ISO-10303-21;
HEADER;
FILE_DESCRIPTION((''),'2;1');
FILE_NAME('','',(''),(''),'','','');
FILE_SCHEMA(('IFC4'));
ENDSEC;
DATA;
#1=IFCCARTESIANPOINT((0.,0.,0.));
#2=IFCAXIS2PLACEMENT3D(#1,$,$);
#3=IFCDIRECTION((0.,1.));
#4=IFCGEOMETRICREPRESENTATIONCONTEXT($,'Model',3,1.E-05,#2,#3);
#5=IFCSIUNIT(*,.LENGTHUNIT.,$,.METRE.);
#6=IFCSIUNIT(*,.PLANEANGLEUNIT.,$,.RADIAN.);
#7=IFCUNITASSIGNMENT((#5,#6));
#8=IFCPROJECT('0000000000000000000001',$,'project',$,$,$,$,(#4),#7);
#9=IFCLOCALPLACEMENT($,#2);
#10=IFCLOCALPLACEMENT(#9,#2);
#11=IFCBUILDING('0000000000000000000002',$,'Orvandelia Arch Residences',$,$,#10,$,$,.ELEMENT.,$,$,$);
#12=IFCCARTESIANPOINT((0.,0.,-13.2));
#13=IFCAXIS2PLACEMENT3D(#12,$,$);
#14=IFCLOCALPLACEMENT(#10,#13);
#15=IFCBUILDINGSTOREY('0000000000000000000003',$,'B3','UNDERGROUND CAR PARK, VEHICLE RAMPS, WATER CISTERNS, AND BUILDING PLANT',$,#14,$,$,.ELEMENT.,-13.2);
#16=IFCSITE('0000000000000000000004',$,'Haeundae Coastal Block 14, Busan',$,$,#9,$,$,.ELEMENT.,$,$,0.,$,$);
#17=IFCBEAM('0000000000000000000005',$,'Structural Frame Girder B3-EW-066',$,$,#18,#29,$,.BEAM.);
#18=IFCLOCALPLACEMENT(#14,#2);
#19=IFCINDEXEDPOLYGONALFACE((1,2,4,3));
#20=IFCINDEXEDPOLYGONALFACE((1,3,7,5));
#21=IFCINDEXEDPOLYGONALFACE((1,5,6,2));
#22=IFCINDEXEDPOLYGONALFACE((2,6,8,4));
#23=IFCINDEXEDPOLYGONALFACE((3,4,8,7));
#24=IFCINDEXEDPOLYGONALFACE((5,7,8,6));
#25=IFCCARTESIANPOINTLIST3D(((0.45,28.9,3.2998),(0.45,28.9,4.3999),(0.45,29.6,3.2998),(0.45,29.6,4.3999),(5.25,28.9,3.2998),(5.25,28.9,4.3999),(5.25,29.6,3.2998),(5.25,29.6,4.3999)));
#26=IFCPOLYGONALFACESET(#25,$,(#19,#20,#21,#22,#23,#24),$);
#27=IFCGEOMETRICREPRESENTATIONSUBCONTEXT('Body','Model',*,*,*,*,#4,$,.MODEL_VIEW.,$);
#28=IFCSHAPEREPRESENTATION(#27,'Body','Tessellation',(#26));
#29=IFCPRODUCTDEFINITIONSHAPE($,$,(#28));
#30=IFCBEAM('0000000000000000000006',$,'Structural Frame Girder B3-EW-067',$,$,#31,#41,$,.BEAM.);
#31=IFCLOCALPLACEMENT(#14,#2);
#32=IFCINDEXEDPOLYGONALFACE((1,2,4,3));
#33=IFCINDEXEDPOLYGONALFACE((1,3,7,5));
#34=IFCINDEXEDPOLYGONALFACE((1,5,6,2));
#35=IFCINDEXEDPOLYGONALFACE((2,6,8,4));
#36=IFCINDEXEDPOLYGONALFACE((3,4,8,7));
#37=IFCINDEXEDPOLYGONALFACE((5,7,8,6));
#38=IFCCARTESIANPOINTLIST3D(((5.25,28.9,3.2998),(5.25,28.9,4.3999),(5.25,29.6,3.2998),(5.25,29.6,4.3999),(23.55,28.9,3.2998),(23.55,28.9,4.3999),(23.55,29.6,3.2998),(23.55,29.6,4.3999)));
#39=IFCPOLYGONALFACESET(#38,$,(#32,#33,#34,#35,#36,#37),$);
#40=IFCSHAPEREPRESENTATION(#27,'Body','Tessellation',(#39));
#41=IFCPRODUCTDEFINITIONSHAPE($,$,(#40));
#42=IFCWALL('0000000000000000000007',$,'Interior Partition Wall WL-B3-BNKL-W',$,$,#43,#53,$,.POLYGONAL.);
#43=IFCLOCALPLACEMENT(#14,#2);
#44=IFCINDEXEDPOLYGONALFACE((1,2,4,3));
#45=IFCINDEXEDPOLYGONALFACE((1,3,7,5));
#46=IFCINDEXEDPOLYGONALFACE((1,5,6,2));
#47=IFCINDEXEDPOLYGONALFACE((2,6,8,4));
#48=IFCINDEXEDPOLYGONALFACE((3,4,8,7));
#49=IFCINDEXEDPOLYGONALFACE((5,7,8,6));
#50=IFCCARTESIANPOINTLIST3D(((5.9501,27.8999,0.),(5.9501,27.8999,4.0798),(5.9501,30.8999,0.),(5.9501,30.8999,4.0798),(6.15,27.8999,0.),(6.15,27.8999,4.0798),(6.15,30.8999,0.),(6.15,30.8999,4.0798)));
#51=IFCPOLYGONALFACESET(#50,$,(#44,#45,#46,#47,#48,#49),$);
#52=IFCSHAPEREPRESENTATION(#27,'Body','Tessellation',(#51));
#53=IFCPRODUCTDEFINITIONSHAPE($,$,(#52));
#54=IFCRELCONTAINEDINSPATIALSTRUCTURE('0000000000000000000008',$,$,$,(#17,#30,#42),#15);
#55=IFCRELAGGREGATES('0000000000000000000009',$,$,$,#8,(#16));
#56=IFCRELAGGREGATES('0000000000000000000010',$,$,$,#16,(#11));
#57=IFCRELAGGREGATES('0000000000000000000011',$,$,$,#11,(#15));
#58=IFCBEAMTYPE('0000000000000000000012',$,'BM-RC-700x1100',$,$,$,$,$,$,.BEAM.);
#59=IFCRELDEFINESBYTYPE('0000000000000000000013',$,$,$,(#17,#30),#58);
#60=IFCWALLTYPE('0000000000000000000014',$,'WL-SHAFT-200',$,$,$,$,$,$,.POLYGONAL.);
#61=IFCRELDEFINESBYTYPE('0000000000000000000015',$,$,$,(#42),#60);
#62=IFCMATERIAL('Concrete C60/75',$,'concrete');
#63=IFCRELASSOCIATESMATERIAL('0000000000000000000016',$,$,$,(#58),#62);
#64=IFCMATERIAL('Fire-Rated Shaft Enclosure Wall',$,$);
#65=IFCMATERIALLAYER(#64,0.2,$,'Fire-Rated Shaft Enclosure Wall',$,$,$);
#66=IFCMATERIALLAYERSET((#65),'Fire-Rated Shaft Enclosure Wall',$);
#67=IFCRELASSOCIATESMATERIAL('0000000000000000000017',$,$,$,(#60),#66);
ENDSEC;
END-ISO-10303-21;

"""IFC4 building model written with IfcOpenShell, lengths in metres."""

from ifc_helpers import new_model, si_unit, direction, frame, frame_2d, origin, origin_2d, place, context, subcontext, project, spatial, rectangle, extrude, material, layer, layer_set, material_profile, profile_set, type_object, element, save


model = new_model("IFC4")

# Units and contexts
model_context = context("Model", 3, precision=1e-05, world=origin(), true_north=direction((0.0, 1.0)))
body_context = subcontext(model_context, "Body", "Model", "MODEL_VIEW")
ifc_project = project(units=[si_unit("LENGTHUNIT", "METRE"), si_unit("PLANEANGLEUNIT", "RADIAN")], contexts=[model_context])

# Site, building, storey
site_placement = place(None, origin())
site = spatial("IfcSite", under=ifc_project, at=site_placement, Name="Haeundae Coastal Block 14, Busan", CompositionType="ELEMENT", RefElevation=0.0)
building_placement = place(site_placement, origin())
building = spatial("IfcBuilding", under=site, at=building_placement, Name="Orvandelia Arch Residences", CompositionType="ELEMENT")
storey_placement = place(building_placement, frame((0.0, 0.0, -13.2)))
storey = spatial("IfcBuildingStorey", under=building, at=storey_placement, Name="B3", Description="UNDERGROUND CAR PARK, VEHICLE RAMPS, WATER CISTERNS, AND BUILDING PLANT", CompositionType="ELEMENT", Elevation=-13.2)

# Shared definitions
ifc_material_1 = material(Name="Concrete C60/75", Category="concrete")

# Beams
ifc_material_profile_1 = material_profile(ifc_material_1, rectangle(XDim=0.7, YDim=1.1001, at=origin_2d()), Name="Concrete C60/75", Category="concrete")
ifc_profile_set_1 = profile_set([ifc_material_profile_1], Name="Concrete C60/75")
beam_type_1 = type_object("IfcBeamType", Name="BM-RC-700x1100", PredefinedType="BEAM", material=ifc_profile_set_1)
beam_1_placement = place(storey_placement, frame((0.45, 29.25, 3.8499), z_axis=(1.0, 0.0, 0.0), x_axis=(0.0, 1.0, 0.0)))
element("IfcBeam", 1, at=beam_1_placement, inside=storey, type_object=beam_type_1, Name="Structural Frame Girder B3-EW-066", PredefinedType="BEAM", context=body_context, shape_type="SweptSolid", body=[
    extrude(rectangle(XDim=0.7, YDim=1.1001, at=origin_2d()), origin(), (0.0, 0.0, 1.0), 4.8),
])
beam_2_placement = place(storey_placement, frame((5.25, 29.25, 3.8499), z_axis=(1.0, 0.0, 0.0), x_axis=(0.0, 1.0, 0.0)))
element("IfcBeam", 2, at=beam_2_placement, inside=storey, type_object=beam_type_1, Name="Structural Frame Girder B3-EW-067", PredefinedType="BEAM", context=body_context, shape_type="SweptSolid", body=[
    extrude(rectangle(XDim=0.7, YDim=1.1001, at=origin_2d()), origin(), (0.0, 0.0, 1.0), 18.3),
])

# Shared definitions
ifc_material_2 = material(Name="Fire-Rated Shaft Enclosure Wall")
ifc_layer = layer(ifc_material_2, 0.2, Name="Fire-Rated Shaft Enclosure Wall")
ifc_layer_set = layer_set([ifc_layer], Name="Fire-Rated Shaft Enclosure Wall")
wall_type = type_object("IfcWallType", Name="WL-SHAFT-200", PredefinedType="POLYGONAL", material=ifc_layer_set)

# Wall
wall_1_placement = place(storey_placement, frame((6.05, 27.8999, 0.0), z_axis=(0.0, 0.0, 1.0), x_axis=(0.0, 1.0, 0.0)))
element("IfcWall", 3, at=wall_1_placement, inside=storey, type_object=wall_type, Name="Interior Partition Wall WL-B3-BNKL-W", PredefinedType="POLYGONAL", context=body_context, shape_type="SweptSolid", body=[
    extrude(rectangle(XDim=3.0, YDim=0.2, at=frame_2d((1.5, 0.0))), origin(), (0.0, 0.0, 1.0), 4.0798),
])

save(model, "model.ifc")
